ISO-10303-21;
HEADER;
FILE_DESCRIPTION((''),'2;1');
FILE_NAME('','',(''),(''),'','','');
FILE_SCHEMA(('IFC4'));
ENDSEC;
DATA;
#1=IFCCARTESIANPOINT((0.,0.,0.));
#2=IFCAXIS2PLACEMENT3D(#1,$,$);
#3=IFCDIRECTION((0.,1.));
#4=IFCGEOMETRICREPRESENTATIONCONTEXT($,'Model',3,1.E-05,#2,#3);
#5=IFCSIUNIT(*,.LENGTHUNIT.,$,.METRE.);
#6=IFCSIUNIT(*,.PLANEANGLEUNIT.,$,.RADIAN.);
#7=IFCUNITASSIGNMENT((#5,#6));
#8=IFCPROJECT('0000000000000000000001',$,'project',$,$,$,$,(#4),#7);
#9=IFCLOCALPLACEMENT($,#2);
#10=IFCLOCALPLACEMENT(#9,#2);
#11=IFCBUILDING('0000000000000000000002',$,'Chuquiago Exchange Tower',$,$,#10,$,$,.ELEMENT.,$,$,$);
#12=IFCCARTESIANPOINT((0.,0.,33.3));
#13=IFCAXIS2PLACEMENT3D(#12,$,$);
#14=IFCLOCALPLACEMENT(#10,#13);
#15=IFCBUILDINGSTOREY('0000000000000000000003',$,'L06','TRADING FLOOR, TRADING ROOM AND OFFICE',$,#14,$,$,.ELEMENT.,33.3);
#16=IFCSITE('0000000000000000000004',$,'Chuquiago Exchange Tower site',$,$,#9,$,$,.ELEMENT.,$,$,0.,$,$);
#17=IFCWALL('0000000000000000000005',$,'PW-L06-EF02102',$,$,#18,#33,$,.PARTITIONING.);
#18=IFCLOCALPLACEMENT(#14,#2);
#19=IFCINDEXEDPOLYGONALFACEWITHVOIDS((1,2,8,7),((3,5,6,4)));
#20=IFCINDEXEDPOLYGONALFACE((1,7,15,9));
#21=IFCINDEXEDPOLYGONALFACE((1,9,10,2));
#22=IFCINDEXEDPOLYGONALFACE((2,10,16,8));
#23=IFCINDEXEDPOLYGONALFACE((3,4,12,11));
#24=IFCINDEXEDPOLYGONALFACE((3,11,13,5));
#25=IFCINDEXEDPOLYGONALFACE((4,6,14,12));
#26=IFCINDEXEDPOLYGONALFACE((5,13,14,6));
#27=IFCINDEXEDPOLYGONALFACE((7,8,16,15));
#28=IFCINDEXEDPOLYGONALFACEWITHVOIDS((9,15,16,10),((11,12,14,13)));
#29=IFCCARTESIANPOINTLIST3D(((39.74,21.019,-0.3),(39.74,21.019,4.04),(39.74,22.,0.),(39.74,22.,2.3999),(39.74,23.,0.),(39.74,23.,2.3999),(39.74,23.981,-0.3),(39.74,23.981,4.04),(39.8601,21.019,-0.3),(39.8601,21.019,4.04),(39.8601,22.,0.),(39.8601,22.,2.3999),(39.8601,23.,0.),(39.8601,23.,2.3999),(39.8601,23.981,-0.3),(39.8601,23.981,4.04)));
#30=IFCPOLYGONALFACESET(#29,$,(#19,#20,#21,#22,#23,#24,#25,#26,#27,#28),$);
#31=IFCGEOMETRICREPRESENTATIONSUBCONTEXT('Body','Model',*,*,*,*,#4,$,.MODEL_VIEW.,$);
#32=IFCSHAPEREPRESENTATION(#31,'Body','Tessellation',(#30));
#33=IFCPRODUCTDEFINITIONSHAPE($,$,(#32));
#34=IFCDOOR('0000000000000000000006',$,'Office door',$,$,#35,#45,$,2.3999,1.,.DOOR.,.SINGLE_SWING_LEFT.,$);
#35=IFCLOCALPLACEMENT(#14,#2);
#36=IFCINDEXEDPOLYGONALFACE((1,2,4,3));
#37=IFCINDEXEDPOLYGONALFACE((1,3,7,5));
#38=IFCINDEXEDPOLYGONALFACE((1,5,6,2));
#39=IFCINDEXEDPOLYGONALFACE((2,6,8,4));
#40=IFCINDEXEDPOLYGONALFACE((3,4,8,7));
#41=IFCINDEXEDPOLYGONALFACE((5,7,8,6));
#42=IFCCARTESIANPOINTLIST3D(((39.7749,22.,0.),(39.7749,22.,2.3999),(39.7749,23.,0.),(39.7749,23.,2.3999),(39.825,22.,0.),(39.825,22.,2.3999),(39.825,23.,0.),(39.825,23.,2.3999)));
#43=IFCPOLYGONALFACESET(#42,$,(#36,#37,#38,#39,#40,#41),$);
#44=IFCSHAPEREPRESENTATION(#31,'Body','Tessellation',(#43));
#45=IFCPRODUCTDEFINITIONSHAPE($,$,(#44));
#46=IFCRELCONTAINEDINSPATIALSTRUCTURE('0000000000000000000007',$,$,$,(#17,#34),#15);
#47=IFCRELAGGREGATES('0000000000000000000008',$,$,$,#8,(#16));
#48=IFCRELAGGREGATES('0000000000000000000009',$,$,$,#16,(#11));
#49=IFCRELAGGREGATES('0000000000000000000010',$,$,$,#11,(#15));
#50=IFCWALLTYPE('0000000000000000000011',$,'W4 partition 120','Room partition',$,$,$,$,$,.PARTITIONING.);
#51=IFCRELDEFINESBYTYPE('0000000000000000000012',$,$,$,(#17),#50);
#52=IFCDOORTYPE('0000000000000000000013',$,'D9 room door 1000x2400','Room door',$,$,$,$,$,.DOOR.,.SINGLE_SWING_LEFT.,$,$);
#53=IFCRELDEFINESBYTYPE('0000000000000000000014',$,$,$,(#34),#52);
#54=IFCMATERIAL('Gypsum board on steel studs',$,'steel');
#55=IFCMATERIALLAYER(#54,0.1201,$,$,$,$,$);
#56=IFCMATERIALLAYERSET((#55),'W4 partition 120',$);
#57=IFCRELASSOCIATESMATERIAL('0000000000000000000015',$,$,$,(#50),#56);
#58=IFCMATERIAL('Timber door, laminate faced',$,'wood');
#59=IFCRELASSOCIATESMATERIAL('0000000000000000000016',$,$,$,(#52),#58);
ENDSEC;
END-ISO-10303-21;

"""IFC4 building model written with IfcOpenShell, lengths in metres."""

from ifc_helpers import new_model, si_unit, direction, frame, frame_2d, origin, place, context, subcontext, project, spatial, rectangle, extrude, material, layer, layer_set, type_object, element, fill, save


model = new_model("IFC4")

# Units and contexts
model_context = context("Model", 3, precision=1e-05, world=origin(), true_north=direction((0.0, 1.0)))
body_context = subcontext(model_context, "Body", "Model", "MODEL_VIEW")
ifc_project = project(units=[si_unit("LENGTHUNIT", "METRE"), si_unit("PLANEANGLEUNIT", "RADIAN")], contexts=[model_context])

# Site, building, storey
site_placement = place(None, origin())
site = spatial("IfcSite", under=ifc_project, at=site_placement, Name="Chuquiago Exchange Tower site", CompositionType="ELEMENT", RefElevation=0.0)
building_placement = place(site_placement, origin())
building = spatial("IfcBuilding", under=site, at=building_placement, Name="Chuquiago Exchange Tower", CompositionType="ELEMENT")
storey_placement = place(building_placement, frame((0.0, 0.0, 33.3)))
storey = spatial("IfcBuildingStorey", under=building, at=storey_placement, Name="L06", Description="TRADING FLOOR, TRADING ROOM AND OFFICE", CompositionType="ELEMENT", Elevation=33.3)

# Shared definitions
ifc_material_1 = material(Name="Gypsum board on steel studs", Category="steel")
ifc_layer_1 = layer(ifc_material_1, 0.1201)
ifc_layer_set_1 = layer_set([ifc_layer_1], Name="W4 partition 120")
wall_type_1 = type_object("IfcWallType", Name="W4 partition 120", Description="Room partition", PredefinedType="PARTITIONING", material=ifc_layer_set_1)

# Wall, opening, door
ifc_material_2 = material(Name="Timber door, laminate faced", Category="wood")
door_type = type_object("IfcDoorType", Name="D9 room door 1000x2400", Description="Room door", OperationType="SINGLE_SWING_LEFT", PredefinedType="DOOR", material=ifc_material_2)
wall_1_placement = place(storey_placement, frame((39.8, 21.019, -0.3), z_axis=(0.0, 0.0, 1.0), x_axis=(0.0, 1.0, 0.0)))
wall_1 = element("IfcWall", 1, at=wall_1_placement, inside=storey, type_object=wall_type_1, Name="PW-L06-EF02102", PredefinedType="PARTITIONING", context=body_context, shape_type="SweptSolid", body=[
    extrude(rectangle(XDim=2.9619, YDim=0.1201, at=frame_2d((1.481, 0.0))), origin(), (0.0, 0.0, 1.0), 4.3401),
])
opening_1_placement = place(wall_1_placement, frame((0.981, 0.0, 0.3)))
opening_1 = element("IfcOpeningElement", 2, at=opening_1_placement, cuts=wall_1, PredefinedType="OPENING", context=body_context, shape_type="SweptSolid", body=[
    extrude(rectangle(XDim=1.0, YDim=2.3999, at=frame_2d((0.5, 1.2))), frame((0.0, 0.0701, 0.0), z_axis=(0.0, -1.0, 0.0), x_axis=(1.0, 0.0, 0.0)), (0.0, 0.0, 1.0), 0.1401),
])
door_1_placement = place(opening_1_placement, frame((1.0, 0.0, 0.0), z_axis=(0.0, 0.0, 1.0), x_axis=(-1.0, 0.0, 0.0)))
door_1 = element("IfcDoor", 3, at=door_1_placement, inside=storey, type_object=door_type, Name="Office door", OperationType="SINGLE_SWING_LEFT", OverallHeight=2.3999, OverallWidth=1.0, PredefinedType="DOOR", context=body_context, shape_type="SweptSolid", body=[
    extrude(rectangle(XDim=1.0, YDim=2.3999, at=frame_2d((0.5, 1.2))), frame((0.0, 0.0249, 0.0), z_axis=(0.0, -1.0, 0.0), x_axis=(1.0, 0.0, 0.0)), (0.0, 0.0, 1.0), 0.05),
])
fill(opening_1, door_1)

save(model, "model.ifc")
